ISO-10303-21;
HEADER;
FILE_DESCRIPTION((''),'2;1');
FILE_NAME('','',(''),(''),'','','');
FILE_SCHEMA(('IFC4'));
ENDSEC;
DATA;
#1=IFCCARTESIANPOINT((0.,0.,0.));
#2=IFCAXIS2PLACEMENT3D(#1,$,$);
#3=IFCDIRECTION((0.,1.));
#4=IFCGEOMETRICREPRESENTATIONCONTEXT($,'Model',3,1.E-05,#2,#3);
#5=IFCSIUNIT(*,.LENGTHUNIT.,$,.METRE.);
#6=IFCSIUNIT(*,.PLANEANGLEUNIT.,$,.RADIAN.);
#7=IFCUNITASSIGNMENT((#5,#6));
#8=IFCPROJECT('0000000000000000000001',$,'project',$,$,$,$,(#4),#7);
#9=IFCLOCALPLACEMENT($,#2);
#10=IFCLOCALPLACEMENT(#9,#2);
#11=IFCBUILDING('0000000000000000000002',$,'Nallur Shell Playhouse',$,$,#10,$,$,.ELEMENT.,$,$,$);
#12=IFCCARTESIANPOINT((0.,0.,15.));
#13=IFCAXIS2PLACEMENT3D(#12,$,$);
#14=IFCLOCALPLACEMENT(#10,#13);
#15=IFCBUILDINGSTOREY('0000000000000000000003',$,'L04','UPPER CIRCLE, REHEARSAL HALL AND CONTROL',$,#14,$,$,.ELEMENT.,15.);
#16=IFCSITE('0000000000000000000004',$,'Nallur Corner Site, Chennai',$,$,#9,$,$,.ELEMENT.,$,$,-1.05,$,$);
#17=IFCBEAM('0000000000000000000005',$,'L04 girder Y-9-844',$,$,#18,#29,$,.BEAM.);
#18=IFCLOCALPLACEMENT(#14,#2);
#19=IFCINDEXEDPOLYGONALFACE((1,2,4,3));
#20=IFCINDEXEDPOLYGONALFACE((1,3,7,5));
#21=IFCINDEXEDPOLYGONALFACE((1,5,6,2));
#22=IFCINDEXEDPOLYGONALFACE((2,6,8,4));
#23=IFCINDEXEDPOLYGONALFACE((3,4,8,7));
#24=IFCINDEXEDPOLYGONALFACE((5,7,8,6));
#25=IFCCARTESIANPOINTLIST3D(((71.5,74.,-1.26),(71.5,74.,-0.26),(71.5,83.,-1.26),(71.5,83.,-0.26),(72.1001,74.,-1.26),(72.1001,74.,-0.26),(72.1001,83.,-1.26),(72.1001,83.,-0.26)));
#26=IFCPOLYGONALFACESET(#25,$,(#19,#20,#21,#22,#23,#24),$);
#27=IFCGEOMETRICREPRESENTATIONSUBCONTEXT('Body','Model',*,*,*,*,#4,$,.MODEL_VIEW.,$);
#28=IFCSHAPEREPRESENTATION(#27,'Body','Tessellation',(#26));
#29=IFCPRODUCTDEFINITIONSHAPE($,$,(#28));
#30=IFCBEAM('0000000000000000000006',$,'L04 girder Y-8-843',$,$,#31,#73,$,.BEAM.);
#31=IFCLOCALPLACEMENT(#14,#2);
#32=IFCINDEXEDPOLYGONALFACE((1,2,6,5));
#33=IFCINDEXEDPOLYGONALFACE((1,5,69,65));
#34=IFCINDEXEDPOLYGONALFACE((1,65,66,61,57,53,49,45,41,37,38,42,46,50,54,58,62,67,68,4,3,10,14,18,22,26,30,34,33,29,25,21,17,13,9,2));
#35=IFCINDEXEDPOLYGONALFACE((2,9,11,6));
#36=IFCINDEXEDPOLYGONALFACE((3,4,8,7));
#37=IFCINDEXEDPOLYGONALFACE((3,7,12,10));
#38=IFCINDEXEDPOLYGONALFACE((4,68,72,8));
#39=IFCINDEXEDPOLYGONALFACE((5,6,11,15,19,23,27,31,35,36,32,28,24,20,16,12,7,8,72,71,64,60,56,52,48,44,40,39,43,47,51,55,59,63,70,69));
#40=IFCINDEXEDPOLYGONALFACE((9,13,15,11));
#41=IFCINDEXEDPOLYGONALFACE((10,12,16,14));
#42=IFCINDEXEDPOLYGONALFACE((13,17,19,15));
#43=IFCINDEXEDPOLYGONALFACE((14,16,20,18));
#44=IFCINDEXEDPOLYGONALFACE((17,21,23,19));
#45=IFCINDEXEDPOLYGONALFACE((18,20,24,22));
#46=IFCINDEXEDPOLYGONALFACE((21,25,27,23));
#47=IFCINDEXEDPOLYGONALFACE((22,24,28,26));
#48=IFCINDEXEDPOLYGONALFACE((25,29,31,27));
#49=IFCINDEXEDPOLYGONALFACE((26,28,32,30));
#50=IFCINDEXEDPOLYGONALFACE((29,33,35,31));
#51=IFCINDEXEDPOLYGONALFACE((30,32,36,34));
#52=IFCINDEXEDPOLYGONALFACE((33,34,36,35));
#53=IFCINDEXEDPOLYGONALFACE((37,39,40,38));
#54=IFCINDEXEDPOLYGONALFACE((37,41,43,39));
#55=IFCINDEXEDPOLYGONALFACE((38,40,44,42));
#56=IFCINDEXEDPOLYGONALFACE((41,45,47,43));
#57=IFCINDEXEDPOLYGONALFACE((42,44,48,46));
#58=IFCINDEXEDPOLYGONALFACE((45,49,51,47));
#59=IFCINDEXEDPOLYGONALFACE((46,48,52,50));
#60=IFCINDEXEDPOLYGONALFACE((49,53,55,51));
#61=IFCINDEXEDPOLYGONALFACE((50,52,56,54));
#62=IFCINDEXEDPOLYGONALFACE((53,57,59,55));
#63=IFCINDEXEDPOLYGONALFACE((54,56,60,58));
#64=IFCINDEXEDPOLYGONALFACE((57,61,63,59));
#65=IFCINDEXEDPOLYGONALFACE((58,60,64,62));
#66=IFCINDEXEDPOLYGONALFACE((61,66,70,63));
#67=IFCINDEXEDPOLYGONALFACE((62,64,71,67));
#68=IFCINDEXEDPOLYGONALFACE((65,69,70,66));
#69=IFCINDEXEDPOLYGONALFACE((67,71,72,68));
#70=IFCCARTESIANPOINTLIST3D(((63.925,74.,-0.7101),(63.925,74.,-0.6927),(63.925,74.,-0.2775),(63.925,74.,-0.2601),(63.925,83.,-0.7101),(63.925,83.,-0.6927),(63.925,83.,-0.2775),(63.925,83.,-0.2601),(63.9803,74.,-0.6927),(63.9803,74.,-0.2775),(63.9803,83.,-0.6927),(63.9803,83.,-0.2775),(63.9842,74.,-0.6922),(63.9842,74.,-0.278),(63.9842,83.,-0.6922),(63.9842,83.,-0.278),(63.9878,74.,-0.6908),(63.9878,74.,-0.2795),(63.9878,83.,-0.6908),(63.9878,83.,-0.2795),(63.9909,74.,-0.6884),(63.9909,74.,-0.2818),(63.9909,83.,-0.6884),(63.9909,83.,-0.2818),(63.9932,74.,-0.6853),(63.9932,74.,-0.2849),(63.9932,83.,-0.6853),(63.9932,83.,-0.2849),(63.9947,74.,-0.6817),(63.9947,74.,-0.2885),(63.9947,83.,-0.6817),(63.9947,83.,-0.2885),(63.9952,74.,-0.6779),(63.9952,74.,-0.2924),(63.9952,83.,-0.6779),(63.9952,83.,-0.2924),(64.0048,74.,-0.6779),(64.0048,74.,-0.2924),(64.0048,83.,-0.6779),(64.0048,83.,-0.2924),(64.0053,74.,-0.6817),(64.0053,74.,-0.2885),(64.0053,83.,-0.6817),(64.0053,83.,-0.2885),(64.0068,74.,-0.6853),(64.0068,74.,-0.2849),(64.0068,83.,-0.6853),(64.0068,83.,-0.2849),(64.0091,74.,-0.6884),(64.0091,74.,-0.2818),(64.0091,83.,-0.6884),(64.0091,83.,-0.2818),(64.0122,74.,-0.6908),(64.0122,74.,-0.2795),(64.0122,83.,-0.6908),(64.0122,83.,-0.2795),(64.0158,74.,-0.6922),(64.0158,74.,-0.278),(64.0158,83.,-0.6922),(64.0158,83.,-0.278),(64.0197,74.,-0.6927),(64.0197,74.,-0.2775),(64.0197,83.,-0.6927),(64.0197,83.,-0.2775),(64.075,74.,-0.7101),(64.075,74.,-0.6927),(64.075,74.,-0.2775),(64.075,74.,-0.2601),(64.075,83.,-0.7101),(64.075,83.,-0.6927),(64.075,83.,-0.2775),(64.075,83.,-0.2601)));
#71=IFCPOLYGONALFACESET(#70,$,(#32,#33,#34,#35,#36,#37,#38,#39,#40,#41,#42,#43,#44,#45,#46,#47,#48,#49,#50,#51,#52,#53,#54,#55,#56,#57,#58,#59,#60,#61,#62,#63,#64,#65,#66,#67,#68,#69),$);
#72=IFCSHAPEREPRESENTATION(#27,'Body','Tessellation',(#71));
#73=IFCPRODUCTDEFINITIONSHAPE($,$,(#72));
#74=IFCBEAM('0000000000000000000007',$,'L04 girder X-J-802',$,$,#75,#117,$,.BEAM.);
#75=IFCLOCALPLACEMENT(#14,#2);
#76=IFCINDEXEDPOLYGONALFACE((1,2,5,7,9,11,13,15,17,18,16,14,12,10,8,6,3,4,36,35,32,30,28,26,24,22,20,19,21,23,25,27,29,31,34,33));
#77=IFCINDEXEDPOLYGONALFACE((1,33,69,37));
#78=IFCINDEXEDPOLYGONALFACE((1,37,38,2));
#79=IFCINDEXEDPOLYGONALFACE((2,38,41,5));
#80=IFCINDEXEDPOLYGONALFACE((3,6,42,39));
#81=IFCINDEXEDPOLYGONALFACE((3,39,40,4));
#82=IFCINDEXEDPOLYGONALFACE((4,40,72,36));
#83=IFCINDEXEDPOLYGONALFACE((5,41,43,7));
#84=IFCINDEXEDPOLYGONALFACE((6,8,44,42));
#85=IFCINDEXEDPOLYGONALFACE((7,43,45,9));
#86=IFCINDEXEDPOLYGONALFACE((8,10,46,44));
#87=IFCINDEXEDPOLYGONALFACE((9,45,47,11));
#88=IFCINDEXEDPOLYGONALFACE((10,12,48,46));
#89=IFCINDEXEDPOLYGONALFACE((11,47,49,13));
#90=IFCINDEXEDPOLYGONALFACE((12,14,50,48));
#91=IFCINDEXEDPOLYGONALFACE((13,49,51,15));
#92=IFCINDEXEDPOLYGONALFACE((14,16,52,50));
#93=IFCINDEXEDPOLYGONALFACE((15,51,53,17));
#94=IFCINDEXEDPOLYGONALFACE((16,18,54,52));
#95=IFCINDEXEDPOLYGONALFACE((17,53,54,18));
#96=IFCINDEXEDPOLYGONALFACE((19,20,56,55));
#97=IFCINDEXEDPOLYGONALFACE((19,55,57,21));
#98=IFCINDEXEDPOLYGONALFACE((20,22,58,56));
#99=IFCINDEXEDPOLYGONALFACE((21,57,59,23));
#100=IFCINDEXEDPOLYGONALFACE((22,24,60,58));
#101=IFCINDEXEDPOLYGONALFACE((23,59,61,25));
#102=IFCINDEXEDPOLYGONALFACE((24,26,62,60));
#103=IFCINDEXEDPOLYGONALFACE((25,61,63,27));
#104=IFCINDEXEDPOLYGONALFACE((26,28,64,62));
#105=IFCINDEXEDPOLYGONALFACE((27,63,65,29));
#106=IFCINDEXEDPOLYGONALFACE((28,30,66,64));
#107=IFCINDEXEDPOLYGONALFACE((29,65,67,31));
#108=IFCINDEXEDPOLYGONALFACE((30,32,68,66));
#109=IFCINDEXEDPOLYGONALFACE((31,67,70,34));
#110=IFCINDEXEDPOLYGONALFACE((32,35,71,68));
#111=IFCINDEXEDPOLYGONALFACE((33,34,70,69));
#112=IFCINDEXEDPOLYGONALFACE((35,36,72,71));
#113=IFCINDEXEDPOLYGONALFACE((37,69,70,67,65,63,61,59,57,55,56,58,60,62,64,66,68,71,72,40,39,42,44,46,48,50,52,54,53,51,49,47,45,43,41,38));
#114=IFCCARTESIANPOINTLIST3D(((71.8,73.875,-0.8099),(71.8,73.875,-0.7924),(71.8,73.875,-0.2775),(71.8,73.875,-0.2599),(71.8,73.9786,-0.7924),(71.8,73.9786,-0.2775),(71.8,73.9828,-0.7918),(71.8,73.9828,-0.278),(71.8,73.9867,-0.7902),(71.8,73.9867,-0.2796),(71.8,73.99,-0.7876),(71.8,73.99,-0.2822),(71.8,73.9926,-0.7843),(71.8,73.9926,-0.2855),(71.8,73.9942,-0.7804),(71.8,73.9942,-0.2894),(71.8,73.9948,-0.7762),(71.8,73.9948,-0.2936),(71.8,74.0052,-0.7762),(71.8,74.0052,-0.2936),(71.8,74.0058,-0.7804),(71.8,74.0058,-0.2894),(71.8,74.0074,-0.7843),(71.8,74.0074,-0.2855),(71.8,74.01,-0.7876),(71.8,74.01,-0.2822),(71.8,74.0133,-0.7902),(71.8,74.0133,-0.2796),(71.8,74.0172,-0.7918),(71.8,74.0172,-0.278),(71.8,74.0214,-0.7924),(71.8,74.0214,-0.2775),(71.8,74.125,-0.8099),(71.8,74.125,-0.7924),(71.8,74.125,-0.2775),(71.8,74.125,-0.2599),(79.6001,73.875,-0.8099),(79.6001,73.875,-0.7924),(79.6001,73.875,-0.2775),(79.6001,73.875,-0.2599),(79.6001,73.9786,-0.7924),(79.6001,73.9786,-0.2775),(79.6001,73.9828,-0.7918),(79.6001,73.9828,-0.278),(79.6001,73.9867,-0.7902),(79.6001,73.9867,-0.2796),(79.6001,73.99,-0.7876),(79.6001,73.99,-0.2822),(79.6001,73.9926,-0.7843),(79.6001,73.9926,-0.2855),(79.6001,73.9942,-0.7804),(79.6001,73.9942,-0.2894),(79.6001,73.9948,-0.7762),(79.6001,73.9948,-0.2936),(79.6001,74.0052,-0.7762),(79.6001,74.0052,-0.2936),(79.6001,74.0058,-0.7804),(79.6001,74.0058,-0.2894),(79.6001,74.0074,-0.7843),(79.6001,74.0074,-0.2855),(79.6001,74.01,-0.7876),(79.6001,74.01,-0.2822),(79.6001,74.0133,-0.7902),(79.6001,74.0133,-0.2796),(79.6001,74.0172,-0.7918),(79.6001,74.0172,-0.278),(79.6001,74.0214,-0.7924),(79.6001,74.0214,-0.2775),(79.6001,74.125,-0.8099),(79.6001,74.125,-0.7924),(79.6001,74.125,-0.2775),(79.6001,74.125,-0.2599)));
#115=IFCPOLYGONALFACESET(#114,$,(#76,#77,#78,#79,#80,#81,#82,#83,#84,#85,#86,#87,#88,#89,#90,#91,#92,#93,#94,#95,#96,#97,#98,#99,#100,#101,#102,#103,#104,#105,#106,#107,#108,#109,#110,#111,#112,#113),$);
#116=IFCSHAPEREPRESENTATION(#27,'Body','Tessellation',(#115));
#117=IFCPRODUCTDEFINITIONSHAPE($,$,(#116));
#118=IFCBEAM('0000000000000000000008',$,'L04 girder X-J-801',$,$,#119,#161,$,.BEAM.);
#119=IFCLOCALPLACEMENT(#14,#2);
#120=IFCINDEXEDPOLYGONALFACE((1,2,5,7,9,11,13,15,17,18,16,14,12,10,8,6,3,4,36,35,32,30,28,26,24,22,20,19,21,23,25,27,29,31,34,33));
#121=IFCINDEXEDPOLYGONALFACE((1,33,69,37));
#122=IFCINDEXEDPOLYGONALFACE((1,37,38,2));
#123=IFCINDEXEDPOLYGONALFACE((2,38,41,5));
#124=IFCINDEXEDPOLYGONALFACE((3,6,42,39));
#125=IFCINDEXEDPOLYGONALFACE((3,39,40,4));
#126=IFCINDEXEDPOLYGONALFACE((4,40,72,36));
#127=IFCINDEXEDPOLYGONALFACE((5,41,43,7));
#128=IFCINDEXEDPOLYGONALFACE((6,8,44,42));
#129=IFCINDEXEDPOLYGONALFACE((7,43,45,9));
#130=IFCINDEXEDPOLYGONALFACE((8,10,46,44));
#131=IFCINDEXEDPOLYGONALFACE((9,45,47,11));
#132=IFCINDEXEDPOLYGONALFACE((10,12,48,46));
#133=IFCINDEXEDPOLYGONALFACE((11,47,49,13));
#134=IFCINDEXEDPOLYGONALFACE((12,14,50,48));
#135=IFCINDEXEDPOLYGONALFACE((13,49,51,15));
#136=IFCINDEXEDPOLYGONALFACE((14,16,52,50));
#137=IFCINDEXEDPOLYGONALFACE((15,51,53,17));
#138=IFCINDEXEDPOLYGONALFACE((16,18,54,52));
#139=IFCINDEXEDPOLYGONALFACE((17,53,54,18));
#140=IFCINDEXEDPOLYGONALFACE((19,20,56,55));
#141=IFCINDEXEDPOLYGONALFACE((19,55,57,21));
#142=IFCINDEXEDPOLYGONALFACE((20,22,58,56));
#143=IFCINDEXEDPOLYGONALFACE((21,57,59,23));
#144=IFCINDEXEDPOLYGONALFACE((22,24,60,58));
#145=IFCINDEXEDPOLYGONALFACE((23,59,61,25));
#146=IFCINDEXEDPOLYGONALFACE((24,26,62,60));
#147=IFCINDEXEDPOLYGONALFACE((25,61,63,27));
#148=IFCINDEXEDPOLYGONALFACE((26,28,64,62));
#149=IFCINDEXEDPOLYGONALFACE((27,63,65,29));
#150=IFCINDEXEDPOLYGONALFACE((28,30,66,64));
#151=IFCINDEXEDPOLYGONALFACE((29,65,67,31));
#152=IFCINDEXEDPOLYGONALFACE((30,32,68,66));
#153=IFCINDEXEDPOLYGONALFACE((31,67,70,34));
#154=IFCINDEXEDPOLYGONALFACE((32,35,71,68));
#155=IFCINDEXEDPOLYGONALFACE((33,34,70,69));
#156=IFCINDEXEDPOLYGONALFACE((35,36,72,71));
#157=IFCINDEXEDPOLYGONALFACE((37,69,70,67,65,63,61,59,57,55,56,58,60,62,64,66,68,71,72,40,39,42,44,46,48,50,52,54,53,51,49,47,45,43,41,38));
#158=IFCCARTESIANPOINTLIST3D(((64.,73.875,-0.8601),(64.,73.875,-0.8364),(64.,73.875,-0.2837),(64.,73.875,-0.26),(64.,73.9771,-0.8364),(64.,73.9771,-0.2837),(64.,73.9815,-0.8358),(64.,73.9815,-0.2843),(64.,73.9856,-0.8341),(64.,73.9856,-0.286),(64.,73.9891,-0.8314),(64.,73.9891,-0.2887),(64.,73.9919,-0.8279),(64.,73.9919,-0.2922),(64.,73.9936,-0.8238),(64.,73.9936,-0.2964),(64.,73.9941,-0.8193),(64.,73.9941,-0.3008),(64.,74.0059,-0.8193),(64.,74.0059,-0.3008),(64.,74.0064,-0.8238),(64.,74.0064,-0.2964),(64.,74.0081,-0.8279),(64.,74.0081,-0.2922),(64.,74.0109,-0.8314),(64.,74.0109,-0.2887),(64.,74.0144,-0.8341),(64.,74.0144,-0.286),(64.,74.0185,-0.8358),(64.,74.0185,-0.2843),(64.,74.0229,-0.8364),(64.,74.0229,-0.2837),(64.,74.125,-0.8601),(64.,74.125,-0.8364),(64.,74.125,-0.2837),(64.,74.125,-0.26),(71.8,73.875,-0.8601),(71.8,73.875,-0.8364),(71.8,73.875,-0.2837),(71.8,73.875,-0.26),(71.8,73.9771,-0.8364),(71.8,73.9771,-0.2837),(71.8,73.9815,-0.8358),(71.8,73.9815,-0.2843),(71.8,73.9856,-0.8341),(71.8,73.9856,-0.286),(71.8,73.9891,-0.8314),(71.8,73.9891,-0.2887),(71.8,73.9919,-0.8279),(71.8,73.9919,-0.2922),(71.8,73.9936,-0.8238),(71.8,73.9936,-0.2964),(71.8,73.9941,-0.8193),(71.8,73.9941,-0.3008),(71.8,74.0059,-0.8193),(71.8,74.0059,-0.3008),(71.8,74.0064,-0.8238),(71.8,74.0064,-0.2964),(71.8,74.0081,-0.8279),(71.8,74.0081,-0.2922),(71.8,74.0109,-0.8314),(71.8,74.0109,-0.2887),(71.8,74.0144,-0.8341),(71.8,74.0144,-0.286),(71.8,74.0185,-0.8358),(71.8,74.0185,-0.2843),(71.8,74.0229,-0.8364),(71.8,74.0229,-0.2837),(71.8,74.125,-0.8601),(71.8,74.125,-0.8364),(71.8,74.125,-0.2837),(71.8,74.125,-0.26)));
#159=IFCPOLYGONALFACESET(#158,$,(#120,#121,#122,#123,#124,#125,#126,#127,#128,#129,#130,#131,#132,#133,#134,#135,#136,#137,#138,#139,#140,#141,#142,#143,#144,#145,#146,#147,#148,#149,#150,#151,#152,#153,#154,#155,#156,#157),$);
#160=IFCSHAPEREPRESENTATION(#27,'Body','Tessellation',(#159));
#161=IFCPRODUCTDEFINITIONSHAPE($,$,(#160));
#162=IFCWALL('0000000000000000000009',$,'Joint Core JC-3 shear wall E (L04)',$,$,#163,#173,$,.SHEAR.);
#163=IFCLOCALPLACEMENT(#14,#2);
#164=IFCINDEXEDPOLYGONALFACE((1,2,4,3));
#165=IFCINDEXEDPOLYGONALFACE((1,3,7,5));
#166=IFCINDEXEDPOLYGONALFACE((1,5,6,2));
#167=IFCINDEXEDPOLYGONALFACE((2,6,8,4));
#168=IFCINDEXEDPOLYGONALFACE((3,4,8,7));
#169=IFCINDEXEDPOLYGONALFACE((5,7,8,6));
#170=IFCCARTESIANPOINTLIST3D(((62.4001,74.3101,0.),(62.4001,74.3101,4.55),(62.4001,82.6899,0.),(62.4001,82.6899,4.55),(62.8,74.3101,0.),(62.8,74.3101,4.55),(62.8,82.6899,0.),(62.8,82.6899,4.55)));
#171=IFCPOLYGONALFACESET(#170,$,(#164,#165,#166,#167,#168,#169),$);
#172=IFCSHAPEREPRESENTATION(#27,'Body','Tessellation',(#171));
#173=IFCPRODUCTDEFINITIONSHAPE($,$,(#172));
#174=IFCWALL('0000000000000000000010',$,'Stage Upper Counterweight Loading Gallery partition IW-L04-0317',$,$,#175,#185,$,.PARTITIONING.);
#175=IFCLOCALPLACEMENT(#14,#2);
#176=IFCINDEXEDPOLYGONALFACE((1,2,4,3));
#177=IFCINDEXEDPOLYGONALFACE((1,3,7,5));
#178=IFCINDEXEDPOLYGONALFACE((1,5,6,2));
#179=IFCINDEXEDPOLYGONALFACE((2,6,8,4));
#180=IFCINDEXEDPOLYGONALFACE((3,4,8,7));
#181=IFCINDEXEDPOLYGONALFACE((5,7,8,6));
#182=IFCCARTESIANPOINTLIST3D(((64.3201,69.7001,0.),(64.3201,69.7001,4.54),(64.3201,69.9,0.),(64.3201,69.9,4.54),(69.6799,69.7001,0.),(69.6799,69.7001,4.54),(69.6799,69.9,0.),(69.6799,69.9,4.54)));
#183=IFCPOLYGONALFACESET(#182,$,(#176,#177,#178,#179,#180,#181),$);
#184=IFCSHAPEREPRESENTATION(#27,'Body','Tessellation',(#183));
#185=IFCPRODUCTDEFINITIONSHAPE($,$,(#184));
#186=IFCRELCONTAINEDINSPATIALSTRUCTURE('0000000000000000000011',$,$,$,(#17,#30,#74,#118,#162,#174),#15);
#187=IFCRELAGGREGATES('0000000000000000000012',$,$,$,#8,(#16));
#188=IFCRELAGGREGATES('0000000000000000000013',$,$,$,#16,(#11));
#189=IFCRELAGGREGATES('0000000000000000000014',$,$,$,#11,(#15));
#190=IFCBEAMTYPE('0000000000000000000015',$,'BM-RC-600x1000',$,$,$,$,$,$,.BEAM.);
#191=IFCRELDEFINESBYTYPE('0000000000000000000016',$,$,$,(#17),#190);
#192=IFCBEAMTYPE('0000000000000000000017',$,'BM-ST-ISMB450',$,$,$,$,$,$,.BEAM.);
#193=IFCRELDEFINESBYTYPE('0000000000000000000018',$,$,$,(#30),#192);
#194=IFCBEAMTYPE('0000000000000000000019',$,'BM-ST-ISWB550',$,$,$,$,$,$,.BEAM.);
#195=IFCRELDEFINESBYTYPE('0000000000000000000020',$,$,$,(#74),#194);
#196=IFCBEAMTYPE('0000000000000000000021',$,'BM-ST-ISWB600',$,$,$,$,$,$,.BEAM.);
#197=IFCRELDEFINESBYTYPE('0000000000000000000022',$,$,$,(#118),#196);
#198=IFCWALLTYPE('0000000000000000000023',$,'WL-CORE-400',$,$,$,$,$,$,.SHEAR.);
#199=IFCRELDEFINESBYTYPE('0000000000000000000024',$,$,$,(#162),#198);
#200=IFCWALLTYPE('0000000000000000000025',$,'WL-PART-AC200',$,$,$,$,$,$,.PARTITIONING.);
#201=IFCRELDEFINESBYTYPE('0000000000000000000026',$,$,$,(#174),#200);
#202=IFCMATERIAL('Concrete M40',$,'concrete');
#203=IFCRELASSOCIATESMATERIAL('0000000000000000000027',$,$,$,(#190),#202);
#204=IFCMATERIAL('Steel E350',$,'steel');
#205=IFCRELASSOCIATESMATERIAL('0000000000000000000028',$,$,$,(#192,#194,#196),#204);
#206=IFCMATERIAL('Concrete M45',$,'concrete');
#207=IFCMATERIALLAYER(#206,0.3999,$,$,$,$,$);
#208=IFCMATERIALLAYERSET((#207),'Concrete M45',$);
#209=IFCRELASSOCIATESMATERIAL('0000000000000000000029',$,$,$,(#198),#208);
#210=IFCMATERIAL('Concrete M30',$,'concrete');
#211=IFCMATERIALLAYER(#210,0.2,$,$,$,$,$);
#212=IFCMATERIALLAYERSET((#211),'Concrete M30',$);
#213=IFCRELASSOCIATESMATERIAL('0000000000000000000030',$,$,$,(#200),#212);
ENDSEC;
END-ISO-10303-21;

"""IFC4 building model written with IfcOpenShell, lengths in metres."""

from ifc_helpers import new_model, si_unit, direction, frame, frame_2d, origin, origin_2d, place, context, subcontext, project, spatial, rectangle, i_section, extrude, material, layer, layer_set, material_profile, profile_set, type_object, element, save


model = new_model("IFC4")

# Units and contexts
model_context = context("Model", 3, precision=1e-05, world=origin(), true_north=direction((0.0, 1.0)))
body_context = subcontext(model_context, "Body", "Model", "MODEL_VIEW")
ifc_project = project(units=[si_unit("LENGTHUNIT", "METRE"), si_unit("PLANEANGLEUNIT", "RADIAN")], contexts=[model_context])

# Site, building, storey
site_placement = place(None, origin())
site = spatial("IfcSite", under=ifc_project, at=site_placement, Name="Nallur Corner Site, Chennai", CompositionType="ELEMENT", RefElevation=-1.05)
building_placement = place(site_placement, origin())
building = spatial("IfcBuilding", under=site, at=building_placement, Name="Nallur Shell Playhouse", CompositionType="ELEMENT")
storey_placement = place(building_placement, frame((0.0, 0.0, 15.0)))
storey = spatial("IfcBuildingStorey", under=building, at=storey_placement, Name="L04", Description="UPPER CIRCLE, REHEARSAL HALL AND CONTROL", CompositionType="ELEMENT", Elevation=15.0)

# Shared definitions
ifc_material_1 = material(Name="Steel E350", Category="steel")

# Beams
ifc_material_2 = material(Name="Concrete M40", Category="concrete")
ifc_material_profile_1 = material_profile(ifc_material_2, rectangle(XDim=0.6001, YDim=1.0, at=origin_2d()), Name="RC 600x1000")
ifc_profile_set_1 = profile_set([ifc_material_profile_1], Name="Concrete M40")
beam_type_1 = type_object("IfcBeamType", Name="BM-RC-600x1000", PredefinedType="BEAM", material=ifc_profile_set_1)
beam_1_placement = place(storey_placement, frame((71.8, 74.0, -0.76), z_axis=(0.0, 1.0, 0.0), x_axis=(-1.0, 0.0, 0.0)))
element("IfcBeam", 1, at=beam_1_placement, inside=storey, type_object=beam_type_1, Name="L04 girder Y-9-844", PredefinedType="BEAM", context=body_context, shape_type="SweptSolid", body=[
    extrude(rectangle(XDim=0.6001, YDim=1.0, at=origin_2d()), origin(), (0.0, 0.0, 1.0), 9.0),
])
ifc_material_profile_2 = material_profile(ifc_material_1, i_section(OverallWidth=0.1499, OverallDepth=0.45, WebThickness=0.0095, FlangeThickness=0.0173, FilletRadius=0.0149, at=origin_2d()), Name="ISMB 450")
ifc_profile_set_2 = profile_set([ifc_material_profile_2], Name="Steel E350")
beam_type_2 = type_object("IfcBeamType", Name="BM-ST-ISMB450", PredefinedType="BEAM", material=ifc_profile_set_2)
beam_2_placement = place(storey_placement, frame((64.0, 74.0, -0.4851), z_axis=(0.0, 1.0, 0.0), x_axis=(-1.0, 0.0, 0.0)))
element("IfcBeam", 2, at=beam_2_placement, inside=storey, type_object=beam_type_2, Name="L04 girder Y-8-843", PredefinedType="BEAM", context=body_context, shape_type="SweptSolid", body=[
    extrude(i_section(OverallWidth=0.1499, OverallDepth=0.45, WebThickness=0.0095, FlangeThickness=0.0173, FilletRadius=0.0149, at=origin_2d()), origin(), (0.0, 0.0, 1.0), 9.0),
])
ifc_material_profile_3 = material_profile(ifc_material_1, i_section(OverallWidth=0.25, OverallDepth=0.55, WebThickness=0.0105, FlangeThickness=0.0176, FilletRadius=0.0161, at=origin_2d()), Name="ISWB 550")
ifc_profile_set_3 = profile_set([ifc_material_profile_3], Name="Steel E350")
beam_type_3 = type_object("IfcBeamType", Name="BM-ST-ISWB550", PredefinedType="BEAM", material=ifc_profile_set_3)
beam_3_placement = place(storey_placement, frame((71.8, 74.0, -0.5349), z_axis=(1.0, 0.0, 0.0), x_axis=(0.0, 1.0, 0.0)))
element("IfcBeam", 3, at=beam_3_placement, inside=storey, type_object=beam_type_3, Name="L04 girder X-J-802", PredefinedType="BEAM", context=body_context, shape_type="SweptSolid", body=[
    extrude(i_section(OverallWidth=0.25, OverallDepth=0.55, WebThickness=0.0105, FlangeThickness=0.0176, FilletRadius=0.0161, at=origin_2d()), origin(), (0.0, 0.0, 1.0), 7.8),
])
ifc_material_profile_4 = material_profile(ifc_material_1, i_section(OverallWidth=0.25, OverallDepth=0.6001, WebThickness=0.0117, FlangeThickness=0.0237, FilletRadius=0.0171, at=origin_2d()), Name="ISWB 600")
ifc_profile_set_4 = profile_set([ifc_material_profile_4], Name="Steel E350")
beam_type_4 = type_object("IfcBeamType", Name="BM-ST-ISWB600", PredefinedType="BEAM", material=ifc_profile_set_4)
beam_4_placement = place(storey_placement, frame((64.0, 74.0, -0.5601), z_axis=(1.0, 0.0, 0.0), x_axis=(0.0, 1.0, 0.0)))
element("IfcBeam", 4, at=beam_4_placement, inside=storey, type_object=beam_type_4, Name="L04 girder X-J-801", PredefinedType="BEAM", context=body_context, shape_type="SweptSolid", body=[
    extrude(i_section(OverallWidth=0.25, OverallDepth=0.6001, WebThickness=0.0117, FlangeThickness=0.0237, FilletRadius=0.0171, at=origin_2d()), origin(), (0.0, 0.0, 1.0), 7.8),
])

# Shared definitions
ifc_material_3 = material(Name="Concrete M45", Category="concrete")
ifc_layer_1 = layer(ifc_material_3, 0.3999)
ifc_layer_set_1 = layer_set([ifc_layer_1], Name="Concrete M45")
wall_type_1 = type_object("IfcWallType", Name="WL-CORE-400", PredefinedType="SHEAR", material=ifc_layer_set_1)

# Walls
wall_1_placement = place(storey_placement, frame((62.6001, 74.3101, 0.0), z_axis=(0.0, 0.0, 1.0), x_axis=(0.0, 1.0, 0.0)))
element("IfcWall", 5, at=wall_1_placement, inside=storey, type_object=wall_type_1, Name="Joint Core JC-3 shear wall E (L04)", PredefinedType="SHEAR", context=body_context, shape_type="SweptSolid", body=[
    extrude(rectangle(XDim=8.3799, YDim=0.3999, at=frame_2d((4.1899, 0.0))), origin(), (0.0, 0.0, 1.0), 4.55),
])
ifc_material_4 = material(Name="Concrete M30", Category="concrete")
ifc_layer_2 = layer(ifc_material_4, 0.2)
ifc_layer_set_2 = layer_set([ifc_layer_2], Name="Concrete M30")
wall_type_2 = type_object("IfcWallType", Name="WL-PART-AC200", PredefinedType="PARTITIONING", material=ifc_layer_set_2)
wall_2_placement = place(storey_placement, frame((64.3201, 69.8, 0.0), z_axis=(0.0, 0.0, 1.0), x_axis=(1.0, 0.0, 0.0)))
element("IfcWall", 6, at=wall_2_placement, inside=storey, type_object=wall_type_2, Name="Stage Upper Counterweight Loading Gallery partition IW-L04-0317", PredefinedType="PARTITIONING", context=body_context, shape_type="SweptSolid", body=[
    extrude(rectangle(XDim=5.3599, YDim=0.2, at=frame_2d((2.6799, 0.0))), origin(), (0.0, 0.0, 1.0), 4.54),
])

save(model, "model.ifc")
